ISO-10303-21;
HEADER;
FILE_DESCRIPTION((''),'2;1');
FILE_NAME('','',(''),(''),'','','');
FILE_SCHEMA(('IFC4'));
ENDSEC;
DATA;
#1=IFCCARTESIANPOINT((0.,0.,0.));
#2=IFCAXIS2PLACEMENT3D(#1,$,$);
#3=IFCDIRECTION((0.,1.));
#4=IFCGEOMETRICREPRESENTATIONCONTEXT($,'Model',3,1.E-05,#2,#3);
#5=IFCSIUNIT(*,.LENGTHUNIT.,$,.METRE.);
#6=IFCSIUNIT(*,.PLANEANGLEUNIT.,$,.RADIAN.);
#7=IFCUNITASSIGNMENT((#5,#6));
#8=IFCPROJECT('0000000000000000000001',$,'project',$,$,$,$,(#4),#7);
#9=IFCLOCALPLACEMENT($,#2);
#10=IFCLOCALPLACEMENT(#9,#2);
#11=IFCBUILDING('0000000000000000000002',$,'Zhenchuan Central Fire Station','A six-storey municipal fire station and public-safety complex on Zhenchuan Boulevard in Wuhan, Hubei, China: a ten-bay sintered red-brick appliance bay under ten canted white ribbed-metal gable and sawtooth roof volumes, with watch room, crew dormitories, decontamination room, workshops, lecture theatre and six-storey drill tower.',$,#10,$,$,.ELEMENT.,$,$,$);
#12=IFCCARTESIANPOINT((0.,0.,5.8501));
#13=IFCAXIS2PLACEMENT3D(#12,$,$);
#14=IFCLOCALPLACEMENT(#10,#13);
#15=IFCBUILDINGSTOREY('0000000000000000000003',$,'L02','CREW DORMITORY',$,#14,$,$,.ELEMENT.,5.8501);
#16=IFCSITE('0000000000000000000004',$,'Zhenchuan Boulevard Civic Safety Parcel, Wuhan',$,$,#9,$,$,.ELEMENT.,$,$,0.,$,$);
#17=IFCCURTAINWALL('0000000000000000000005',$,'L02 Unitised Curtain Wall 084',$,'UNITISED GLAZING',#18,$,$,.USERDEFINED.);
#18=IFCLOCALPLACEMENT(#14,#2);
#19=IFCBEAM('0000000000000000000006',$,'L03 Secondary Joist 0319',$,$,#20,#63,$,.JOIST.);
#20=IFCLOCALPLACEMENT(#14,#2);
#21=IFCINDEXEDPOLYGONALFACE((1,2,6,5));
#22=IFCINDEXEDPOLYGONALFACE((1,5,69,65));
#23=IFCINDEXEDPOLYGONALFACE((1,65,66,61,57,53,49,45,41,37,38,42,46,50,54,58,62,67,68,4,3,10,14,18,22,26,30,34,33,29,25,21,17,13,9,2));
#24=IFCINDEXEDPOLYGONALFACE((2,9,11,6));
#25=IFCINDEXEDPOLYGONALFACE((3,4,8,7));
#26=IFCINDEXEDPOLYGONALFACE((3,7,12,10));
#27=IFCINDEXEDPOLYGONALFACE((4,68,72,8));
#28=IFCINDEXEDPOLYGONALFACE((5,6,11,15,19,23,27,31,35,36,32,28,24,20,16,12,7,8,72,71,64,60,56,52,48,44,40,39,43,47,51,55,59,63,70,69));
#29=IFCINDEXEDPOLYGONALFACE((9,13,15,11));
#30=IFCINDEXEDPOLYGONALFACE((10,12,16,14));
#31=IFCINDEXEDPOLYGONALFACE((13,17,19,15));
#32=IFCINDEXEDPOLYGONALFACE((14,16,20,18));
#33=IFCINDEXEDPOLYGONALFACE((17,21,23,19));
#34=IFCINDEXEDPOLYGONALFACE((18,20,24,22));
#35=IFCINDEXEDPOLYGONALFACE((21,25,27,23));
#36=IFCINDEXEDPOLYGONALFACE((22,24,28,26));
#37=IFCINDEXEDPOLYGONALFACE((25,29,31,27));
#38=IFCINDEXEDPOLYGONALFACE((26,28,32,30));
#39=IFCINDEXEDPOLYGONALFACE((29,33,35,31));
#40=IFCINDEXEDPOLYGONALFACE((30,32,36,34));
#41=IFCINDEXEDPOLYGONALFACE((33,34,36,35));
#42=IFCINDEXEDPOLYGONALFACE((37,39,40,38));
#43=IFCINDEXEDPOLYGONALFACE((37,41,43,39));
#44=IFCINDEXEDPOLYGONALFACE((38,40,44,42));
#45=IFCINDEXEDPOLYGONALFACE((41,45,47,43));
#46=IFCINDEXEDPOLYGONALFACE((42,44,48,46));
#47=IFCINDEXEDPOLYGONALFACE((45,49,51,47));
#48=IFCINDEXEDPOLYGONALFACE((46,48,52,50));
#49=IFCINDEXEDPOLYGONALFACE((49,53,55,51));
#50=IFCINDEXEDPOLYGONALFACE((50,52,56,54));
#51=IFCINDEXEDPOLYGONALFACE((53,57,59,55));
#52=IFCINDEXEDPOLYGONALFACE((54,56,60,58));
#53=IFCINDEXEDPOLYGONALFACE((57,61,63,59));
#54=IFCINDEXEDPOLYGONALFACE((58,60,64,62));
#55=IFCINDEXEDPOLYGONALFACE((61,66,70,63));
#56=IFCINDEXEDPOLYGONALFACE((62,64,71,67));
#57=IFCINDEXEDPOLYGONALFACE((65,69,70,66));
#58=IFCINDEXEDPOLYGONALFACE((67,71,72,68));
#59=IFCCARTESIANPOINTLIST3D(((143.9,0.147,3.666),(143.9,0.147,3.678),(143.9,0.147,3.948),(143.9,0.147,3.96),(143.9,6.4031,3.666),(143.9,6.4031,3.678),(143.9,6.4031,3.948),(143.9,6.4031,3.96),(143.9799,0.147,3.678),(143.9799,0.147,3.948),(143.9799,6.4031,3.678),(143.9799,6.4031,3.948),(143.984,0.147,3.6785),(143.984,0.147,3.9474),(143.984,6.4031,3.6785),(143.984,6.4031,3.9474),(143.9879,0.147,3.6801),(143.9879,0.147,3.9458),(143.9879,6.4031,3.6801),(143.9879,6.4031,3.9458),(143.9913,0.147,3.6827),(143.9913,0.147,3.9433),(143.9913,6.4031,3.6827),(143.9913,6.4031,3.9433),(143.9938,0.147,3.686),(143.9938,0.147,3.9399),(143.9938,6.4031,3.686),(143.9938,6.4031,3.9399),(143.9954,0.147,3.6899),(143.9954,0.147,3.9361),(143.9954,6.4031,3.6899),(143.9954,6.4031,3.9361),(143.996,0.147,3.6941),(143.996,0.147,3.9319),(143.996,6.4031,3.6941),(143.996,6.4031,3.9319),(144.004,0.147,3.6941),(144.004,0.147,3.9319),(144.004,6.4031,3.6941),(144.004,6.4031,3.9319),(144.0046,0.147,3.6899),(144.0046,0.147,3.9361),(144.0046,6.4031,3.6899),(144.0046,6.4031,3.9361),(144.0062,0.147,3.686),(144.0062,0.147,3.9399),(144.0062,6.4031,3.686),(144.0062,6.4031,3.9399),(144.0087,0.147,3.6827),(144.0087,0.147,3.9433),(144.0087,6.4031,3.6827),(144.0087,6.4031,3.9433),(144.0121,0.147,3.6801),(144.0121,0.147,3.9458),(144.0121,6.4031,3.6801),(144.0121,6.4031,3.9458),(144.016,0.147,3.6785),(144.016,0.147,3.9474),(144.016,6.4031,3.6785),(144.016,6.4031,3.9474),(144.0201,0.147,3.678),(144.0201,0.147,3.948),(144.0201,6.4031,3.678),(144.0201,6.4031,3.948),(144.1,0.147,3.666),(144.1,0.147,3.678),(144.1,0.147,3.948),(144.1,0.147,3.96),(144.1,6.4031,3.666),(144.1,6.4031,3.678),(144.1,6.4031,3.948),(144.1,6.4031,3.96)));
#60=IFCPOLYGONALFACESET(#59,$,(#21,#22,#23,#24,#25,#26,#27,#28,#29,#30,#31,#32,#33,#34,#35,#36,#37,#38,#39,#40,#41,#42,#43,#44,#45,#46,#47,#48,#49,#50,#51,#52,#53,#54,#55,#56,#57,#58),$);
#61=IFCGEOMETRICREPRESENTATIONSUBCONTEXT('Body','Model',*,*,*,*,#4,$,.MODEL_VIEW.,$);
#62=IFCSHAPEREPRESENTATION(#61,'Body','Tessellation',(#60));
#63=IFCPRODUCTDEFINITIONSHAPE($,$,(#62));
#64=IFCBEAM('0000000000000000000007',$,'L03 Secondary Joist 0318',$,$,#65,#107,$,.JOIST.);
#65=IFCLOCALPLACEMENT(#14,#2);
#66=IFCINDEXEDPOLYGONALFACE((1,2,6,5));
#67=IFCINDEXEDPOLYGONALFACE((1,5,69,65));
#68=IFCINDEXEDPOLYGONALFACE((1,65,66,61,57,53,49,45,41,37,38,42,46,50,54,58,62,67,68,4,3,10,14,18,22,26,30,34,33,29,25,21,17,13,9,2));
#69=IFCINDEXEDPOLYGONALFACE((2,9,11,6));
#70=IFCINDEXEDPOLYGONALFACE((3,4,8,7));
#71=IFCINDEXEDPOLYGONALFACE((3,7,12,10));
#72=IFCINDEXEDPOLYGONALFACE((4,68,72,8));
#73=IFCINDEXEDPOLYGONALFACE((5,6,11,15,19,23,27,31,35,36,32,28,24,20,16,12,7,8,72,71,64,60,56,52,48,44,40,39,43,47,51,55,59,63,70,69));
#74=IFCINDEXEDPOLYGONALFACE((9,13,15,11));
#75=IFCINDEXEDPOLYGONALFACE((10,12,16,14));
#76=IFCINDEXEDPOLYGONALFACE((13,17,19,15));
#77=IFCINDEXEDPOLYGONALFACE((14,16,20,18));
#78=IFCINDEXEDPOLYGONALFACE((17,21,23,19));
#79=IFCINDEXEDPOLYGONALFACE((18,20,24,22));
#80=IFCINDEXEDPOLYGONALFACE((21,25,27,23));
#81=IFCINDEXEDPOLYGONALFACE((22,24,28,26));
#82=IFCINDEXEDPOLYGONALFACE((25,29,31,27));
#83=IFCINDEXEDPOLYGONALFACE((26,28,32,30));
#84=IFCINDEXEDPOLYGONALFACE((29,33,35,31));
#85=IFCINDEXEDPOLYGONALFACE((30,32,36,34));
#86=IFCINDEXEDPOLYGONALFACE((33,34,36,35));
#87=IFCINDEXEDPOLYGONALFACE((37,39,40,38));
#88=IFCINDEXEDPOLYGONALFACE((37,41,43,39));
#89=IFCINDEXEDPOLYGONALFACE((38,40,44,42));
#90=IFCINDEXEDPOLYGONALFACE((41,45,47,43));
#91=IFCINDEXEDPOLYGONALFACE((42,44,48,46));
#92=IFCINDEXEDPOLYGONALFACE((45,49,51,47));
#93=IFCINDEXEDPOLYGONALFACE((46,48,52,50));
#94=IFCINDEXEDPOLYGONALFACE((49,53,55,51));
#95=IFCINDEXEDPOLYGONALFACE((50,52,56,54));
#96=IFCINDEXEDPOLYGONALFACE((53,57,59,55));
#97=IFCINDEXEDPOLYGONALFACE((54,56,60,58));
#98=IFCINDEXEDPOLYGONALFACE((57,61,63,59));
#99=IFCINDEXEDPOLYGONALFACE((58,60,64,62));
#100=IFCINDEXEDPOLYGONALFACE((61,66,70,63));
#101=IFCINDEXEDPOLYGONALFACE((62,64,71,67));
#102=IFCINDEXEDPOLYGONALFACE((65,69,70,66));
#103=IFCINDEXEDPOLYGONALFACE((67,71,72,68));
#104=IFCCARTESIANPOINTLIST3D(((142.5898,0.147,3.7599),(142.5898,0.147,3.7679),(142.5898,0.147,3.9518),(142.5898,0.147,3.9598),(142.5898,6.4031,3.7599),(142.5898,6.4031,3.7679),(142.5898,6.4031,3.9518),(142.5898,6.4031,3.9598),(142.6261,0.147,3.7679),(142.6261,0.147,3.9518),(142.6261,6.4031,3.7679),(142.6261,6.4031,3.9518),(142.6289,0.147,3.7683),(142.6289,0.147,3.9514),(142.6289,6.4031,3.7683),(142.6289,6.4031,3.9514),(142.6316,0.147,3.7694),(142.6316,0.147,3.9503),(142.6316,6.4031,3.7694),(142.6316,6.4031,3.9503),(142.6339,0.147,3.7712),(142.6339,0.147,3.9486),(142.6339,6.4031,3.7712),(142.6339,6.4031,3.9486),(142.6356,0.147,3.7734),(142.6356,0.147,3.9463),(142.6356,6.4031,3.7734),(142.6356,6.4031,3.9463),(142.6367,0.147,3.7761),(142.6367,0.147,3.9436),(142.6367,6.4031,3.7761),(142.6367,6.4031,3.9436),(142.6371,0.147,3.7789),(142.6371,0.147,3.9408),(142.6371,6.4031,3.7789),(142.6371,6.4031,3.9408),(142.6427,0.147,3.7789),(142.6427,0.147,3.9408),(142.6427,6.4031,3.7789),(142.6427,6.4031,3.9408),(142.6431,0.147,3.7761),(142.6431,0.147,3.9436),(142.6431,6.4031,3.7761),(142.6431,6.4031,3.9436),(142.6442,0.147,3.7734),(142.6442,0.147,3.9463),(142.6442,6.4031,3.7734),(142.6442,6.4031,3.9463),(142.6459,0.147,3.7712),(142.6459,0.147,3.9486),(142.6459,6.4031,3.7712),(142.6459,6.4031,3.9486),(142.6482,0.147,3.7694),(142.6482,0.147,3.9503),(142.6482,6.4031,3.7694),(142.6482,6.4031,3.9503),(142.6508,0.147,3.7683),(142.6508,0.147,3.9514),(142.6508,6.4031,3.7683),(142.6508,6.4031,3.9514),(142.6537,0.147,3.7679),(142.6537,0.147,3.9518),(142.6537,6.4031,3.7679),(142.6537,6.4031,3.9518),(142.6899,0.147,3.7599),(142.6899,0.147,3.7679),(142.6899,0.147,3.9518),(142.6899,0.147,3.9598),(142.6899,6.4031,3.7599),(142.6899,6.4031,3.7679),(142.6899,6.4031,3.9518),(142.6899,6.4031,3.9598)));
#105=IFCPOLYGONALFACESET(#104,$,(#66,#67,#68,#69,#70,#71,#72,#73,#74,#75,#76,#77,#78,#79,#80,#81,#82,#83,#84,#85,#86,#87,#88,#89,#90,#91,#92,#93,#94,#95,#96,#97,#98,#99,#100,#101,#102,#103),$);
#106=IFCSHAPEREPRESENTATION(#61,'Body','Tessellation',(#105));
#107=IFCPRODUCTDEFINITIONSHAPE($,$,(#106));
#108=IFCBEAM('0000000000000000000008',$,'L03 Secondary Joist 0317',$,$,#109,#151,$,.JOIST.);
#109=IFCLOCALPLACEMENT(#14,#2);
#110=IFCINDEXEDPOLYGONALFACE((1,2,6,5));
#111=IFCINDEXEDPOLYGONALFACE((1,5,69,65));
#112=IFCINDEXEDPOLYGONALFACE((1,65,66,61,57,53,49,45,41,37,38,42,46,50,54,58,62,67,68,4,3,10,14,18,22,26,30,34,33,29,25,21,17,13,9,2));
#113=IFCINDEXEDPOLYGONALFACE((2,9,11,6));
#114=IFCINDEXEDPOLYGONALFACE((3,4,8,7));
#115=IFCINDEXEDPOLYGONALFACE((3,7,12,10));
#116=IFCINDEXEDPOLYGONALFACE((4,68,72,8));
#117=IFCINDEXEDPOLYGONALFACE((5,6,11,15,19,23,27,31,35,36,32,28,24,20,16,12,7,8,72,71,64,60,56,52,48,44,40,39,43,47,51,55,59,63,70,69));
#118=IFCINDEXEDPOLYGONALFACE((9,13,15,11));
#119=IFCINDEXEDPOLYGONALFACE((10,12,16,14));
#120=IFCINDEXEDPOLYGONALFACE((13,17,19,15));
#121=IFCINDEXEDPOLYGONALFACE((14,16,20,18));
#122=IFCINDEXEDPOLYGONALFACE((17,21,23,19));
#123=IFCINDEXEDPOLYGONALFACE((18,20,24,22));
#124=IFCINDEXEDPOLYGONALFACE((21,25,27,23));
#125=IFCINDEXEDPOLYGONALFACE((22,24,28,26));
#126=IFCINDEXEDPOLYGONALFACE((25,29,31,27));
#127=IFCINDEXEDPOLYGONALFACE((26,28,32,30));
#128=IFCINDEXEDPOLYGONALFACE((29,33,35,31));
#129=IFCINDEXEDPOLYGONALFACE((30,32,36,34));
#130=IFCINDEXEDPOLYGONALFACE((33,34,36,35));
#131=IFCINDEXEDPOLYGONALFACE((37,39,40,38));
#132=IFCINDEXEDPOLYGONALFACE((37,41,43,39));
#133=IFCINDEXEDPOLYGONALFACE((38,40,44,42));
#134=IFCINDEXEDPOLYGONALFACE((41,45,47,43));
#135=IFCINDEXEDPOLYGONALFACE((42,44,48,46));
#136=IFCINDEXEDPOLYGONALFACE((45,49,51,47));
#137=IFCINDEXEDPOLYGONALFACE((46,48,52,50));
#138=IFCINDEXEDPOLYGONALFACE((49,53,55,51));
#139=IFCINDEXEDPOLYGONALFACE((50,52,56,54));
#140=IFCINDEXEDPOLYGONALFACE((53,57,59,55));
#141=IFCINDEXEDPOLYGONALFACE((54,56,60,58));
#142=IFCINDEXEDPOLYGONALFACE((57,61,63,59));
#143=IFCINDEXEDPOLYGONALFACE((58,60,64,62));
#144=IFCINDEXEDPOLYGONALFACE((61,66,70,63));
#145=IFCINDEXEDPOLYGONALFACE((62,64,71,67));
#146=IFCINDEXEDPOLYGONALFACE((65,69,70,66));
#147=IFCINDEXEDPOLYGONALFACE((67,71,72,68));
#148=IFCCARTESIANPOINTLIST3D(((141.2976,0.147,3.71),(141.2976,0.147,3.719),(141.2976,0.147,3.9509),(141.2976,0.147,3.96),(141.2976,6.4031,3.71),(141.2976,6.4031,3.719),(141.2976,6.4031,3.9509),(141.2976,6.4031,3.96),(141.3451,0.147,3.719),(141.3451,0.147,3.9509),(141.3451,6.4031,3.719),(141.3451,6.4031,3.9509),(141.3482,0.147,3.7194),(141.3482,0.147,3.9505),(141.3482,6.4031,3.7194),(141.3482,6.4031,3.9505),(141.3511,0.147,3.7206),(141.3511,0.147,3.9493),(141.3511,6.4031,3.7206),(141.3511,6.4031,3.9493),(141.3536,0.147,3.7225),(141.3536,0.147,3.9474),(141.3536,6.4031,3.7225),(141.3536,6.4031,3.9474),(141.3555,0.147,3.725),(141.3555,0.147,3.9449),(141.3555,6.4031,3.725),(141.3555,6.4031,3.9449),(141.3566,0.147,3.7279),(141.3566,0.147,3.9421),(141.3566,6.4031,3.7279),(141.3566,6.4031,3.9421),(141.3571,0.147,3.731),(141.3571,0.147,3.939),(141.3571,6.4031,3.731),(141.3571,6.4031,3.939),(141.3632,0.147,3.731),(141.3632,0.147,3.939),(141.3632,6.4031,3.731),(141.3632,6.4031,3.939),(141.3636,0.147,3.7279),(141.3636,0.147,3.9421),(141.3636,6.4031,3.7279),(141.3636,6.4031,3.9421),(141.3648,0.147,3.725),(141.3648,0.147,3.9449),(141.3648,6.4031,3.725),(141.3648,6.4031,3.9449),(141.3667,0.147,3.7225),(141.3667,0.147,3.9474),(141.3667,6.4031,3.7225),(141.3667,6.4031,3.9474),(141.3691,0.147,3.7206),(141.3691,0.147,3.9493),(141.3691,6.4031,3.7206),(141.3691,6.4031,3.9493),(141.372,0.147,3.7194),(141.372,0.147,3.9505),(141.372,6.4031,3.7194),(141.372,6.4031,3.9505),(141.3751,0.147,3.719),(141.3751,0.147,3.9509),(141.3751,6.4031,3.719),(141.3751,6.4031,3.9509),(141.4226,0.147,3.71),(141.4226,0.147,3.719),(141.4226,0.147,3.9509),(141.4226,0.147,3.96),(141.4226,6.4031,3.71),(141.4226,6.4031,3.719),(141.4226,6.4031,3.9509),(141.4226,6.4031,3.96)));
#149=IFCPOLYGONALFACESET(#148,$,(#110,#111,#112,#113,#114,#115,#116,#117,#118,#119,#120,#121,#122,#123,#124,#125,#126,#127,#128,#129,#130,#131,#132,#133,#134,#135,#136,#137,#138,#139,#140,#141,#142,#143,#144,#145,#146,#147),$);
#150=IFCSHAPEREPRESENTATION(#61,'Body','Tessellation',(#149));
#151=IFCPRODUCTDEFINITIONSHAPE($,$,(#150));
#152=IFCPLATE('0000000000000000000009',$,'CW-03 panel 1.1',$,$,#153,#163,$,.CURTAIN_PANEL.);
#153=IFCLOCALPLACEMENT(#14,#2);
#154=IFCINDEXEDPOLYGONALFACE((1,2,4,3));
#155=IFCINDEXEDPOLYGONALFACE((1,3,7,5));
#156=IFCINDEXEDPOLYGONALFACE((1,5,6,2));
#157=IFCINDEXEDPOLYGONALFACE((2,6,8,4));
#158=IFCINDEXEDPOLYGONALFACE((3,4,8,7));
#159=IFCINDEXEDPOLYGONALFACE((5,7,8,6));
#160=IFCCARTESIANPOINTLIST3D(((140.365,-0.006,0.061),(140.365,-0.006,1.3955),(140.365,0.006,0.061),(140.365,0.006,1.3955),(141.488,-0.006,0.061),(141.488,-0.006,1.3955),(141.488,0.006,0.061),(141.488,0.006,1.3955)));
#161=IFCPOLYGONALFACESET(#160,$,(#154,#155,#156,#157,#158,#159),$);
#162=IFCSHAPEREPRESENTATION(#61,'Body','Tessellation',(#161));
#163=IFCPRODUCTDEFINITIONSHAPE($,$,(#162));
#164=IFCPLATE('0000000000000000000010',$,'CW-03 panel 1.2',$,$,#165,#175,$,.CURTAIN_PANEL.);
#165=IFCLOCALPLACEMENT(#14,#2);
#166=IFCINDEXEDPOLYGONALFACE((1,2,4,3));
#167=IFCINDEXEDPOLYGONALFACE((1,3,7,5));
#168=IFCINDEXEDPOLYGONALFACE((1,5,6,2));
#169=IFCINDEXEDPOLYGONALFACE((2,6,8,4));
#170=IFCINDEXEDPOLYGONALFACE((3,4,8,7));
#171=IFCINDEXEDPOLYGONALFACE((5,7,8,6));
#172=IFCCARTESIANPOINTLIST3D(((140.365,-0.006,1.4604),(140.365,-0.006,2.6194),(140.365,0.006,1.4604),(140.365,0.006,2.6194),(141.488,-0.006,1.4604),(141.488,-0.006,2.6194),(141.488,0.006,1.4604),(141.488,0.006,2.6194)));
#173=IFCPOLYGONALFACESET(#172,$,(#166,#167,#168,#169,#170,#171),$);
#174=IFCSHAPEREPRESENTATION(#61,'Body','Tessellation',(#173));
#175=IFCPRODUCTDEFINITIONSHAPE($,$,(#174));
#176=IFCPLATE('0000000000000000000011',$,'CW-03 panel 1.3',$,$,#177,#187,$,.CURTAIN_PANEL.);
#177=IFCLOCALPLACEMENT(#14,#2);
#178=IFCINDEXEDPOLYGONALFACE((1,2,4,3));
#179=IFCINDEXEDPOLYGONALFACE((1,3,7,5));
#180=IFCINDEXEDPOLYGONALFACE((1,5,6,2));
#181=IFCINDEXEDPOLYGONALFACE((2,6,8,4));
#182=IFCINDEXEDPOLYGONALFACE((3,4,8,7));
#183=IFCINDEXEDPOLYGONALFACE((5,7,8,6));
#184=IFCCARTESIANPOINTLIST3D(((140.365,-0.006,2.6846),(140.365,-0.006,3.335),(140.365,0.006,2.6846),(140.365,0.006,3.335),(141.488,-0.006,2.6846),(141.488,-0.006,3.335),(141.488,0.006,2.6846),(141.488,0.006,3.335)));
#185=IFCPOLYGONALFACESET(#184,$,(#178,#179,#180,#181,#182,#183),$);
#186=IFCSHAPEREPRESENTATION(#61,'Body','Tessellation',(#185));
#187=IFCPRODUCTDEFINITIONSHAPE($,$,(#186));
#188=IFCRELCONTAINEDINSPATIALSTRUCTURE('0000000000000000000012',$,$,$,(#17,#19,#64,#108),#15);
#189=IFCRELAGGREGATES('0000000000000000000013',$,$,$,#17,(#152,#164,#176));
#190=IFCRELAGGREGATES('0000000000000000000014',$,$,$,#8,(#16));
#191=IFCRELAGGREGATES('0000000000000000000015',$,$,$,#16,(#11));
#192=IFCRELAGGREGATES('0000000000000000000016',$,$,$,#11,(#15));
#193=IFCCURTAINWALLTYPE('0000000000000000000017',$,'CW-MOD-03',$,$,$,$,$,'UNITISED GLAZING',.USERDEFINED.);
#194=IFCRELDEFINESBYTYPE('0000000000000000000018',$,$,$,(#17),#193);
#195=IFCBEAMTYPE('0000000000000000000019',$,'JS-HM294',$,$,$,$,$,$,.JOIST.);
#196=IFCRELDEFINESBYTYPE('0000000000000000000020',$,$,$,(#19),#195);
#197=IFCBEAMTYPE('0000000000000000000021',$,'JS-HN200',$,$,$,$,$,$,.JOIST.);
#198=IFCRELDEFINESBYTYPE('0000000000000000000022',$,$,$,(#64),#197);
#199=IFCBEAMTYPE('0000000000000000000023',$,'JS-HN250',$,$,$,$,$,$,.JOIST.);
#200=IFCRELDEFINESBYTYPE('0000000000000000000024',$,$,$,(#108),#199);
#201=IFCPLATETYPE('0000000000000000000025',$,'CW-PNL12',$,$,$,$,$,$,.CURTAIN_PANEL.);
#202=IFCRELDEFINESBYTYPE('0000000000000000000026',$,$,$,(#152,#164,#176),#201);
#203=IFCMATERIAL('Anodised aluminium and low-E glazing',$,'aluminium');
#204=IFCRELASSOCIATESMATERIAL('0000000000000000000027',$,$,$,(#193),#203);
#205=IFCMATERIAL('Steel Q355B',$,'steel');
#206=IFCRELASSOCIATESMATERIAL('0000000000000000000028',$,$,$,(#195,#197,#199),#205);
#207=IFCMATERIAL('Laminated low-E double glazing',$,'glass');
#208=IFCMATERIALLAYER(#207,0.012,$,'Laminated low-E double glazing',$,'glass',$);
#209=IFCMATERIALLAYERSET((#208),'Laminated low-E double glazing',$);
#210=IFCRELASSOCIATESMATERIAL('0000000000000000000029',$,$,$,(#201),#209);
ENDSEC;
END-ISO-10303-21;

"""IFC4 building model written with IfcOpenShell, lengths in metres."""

from ifc_helpers import new_model, si_unit, direction, frame, origin, origin_2d, place, context, subcontext, project, spatial, rectangle, i_section, extrude, material, layer, layer_set, material_profile, profile_set, type_object, element, aggregate, save


model = new_model("IFC4")

# Units and contexts
model_context = context("Model", 3, precision=1e-05, world=origin(), true_north=direction((0.0, 1.0)))
body_context = subcontext(model_context, "Body", "Model", "MODEL_VIEW")
ifc_project = project(units=[si_unit("LENGTHUNIT", "METRE"), si_unit("PLANEANGLEUNIT", "RADIAN")], contexts=[model_context])

# Site, building, storey
site_placement = place(None, origin())
site = spatial("IfcSite", under=ifc_project, at=site_placement, Name="Zhenchuan Boulevard Civic Safety Parcel, Wuhan", CompositionType="ELEMENT", RefElevation=0.0)
building_placement = place(site_placement, origin())
building = spatial("IfcBuilding", under=site, at=building_placement, Name="Zhenchuan Central Fire Station", Description="A six-storey municipal fire station and public-safety complex on Zhenchuan Boulevard in Wuhan, Hubei, China: a ten-bay sintered red-brick appliance bay under ten canted white ribbed-metal gable and sawtooth roof volumes, with watch room, crew dormitories, decontamination room, workshops, lecture theatre and six-storey drill tower.", CompositionType="ELEMENT")
storey_placement = place(building_placement, frame((0.0, 0.0, 5.8501)))
storey = spatial("IfcBuildingStorey", under=building, at=storey_placement, Name="L02", Description="CREW DORMITORY", CompositionType="ELEMENT", Elevation=5.8501)

# Curtain wall
ifc_material_1 = material(Name="Anodised aluminium and low-E glazing", Category="aluminium")
curtain_wall_type_1 = type_object("IfcCurtainWallType", Name="CW-MOD-03", ElementType="UNITISED GLAZING", PredefinedType="USERDEFINED", material=ifc_material_1)
curtain_wall_1_placement = place(storey_placement, origin())
curtain_wall_1 = element("IfcCurtainWall", 1, at=curtain_wall_1_placement, inside=storey, type_object=curtain_wall_type_1, Name="L02 Unitised Curtain Wall 084", ObjectType="UNITISED GLAZING", PredefinedType="USERDEFINED")

# Beams
ifc_material_2 = material(Name="Steel Q355B", Category="steel")
ifc_material_profile_1 = material_profile(ifc_material_2, i_section(OverallWidth=0.2, OverallDepth=0.2939, WebThickness=0.0081, FlangeThickness=0.012, FilletRadius=0.0161, at=origin_2d()), Name="HM 294x200")
ifc_profile_set_1 = profile_set([ifc_material_profile_1], Name="Steel Q355B")
beam_type_1 = type_object("IfcBeamType", Name="JS-HM294", PredefinedType="JOIST", material=ifc_profile_set_1)
beam_1_placement = place(storey_placement, frame((144.0, 0.147, 3.813), z_axis=(0.0, 1.0, 0.0), x_axis=(-1.0, 0.0, 0.0)))
element("IfcBeam", 2, at=beam_1_placement, inside=storey, type_object=beam_type_1, Name="L03 Secondary Joist 0319", PredefinedType="JOIST", context=body_context, shape_type="SweptSolid", body=[
    extrude(i_section(OverallWidth=0.2, OverallDepth=0.2939, WebThickness=0.0081, FlangeThickness=0.012, FilletRadius=0.0161, at=origin_2d()), origin(), (0.0, 0.0, 1.0), 6.2561),
])
ifc_material_profile_2 = material_profile(ifc_material_2, i_section(OverallWidth=0.1001, OverallDepth=0.2, WebThickness=0.0056, FlangeThickness=0.0081, FilletRadius=0.011, at=origin_2d()), Name="HN 200x100")
ifc_profile_set_2 = profile_set([ifc_material_profile_2], Name="Steel Q355B")
beam_type_2 = type_object("IfcBeamType", Name="JS-HN200", PredefinedType="JOIST", material=ifc_profile_set_2)
beam_2_placement = place(storey_placement, frame((142.6399, 0.147, 3.8599), z_axis=(0.0, 1.0, 0.0), x_axis=(-1.0, 0.0, 0.0)))
element("IfcBeam", 3, at=beam_2_placement, inside=storey, type_object=beam_type_2, Name="L03 Secondary Joist 0318", PredefinedType="JOIST", context=body_context, shape_type="SweptSolid", body=[
    extrude(i_section(OverallWidth=0.1001, OverallDepth=0.2, WebThickness=0.0056, FlangeThickness=0.0081, FilletRadius=0.011, at=origin_2d()), origin(), (0.0, 0.0, 1.0), 6.2561),
])
ifc_material_profile_3 = material_profile(ifc_material_2, i_section(OverallWidth=0.125, OverallDepth=0.25, WebThickness=0.0061, FlangeThickness=0.009, FilletRadius=0.012, at=origin_2d()), Name="HN 250x125")
ifc_profile_set_3 = profile_set([ifc_material_profile_3], Name="Steel Q355B")
beam_type_3 = type_object("IfcBeamType", Name="JS-HN250", PredefinedType="JOIST", material=ifc_profile_set_3)
beam_3_placement = place(storey_placement, frame((141.3601, 0.147, 3.835), z_axis=(0.0, 1.0, 0.0), x_axis=(-1.0, 0.0, 0.0)))
element("IfcBeam", 4, at=beam_3_placement, inside=storey, type_object=beam_type_3, Name="L03 Secondary Joist 0317", PredefinedType="JOIST", context=body_context, shape_type="SweptSolid", body=[
    extrude(i_section(OverallWidth=0.125, OverallDepth=0.25, WebThickness=0.0061, FlangeThickness=0.009, FilletRadius=0.012, at=origin_2d()), origin(), (0.0, 0.0, 1.0), 6.2561),
])

# Plates
ifc_material_3 = material(Name="Laminated low-E double glazing", Category="glass")
ifc_layer_1 = layer(ifc_material_3, 0.012, Name="Laminated low-E double glazing", Category="glass")
ifc_layer_set_1 = layer_set([ifc_layer_1], Name="Laminated low-E double glazing")
plate_type = type_object("IfcPlateType", Name="CW-PNL12", PredefinedType="CURTAIN_PANEL", material=ifc_layer_set_1)
plate_1_placement = place(storey_placement, frame((140.9265, 0.0, 0.061), z_axis=(0.0, 0.0, 1.0), x_axis=(1.0, 0.0, 0.0)))
plate_1 = element("IfcPlate", 5, at=plate_1_placement, type_object=plate_type, Name="CW-03 panel 1.1", PredefinedType="CURTAIN_PANEL", context=body_context, shape_type="SweptSolid", body=[
    extrude(rectangle(XDim=1.123, YDim=0.012, at=origin_2d()), origin(), (0.0, 0.0, 1.0), 1.3345),
])
plate_2_placement = place(storey_placement, frame((140.9265, 0.0, 1.4604), z_axis=(0.0, 0.0, 1.0), x_axis=(1.0, 0.0, 0.0)))
plate_2 = element("IfcPlate", 6, at=plate_2_placement, type_object=plate_type, Name="CW-03 panel 1.2", PredefinedType="CURTAIN_PANEL", context=body_context, shape_type="SweptSolid", body=[
    extrude(rectangle(XDim=1.123, YDim=0.012, at=origin_2d()), origin(), (0.0, 0.0, 1.0), 1.1589),
])
plate_3_placement = place(storey_placement, frame((140.9265, 0.0, 2.6846), z_axis=(0.0, 0.0, 1.0), x_axis=(1.0, 0.0, 0.0)))
plate_3 = element("IfcPlate", 7, at=plate_3_placement, type_object=plate_type, Name="CW-03 panel 1.3", PredefinedType="CURTAIN_PANEL", context=body_context, shape_type="SweptSolid", body=[
    extrude(rectangle(XDim=1.123, YDim=0.012, at=origin_2d()), origin(), (0.0, 0.0, 1.0), 0.6504),
])
aggregate(curtain_wall_1, [plate_1, plate_2, plate_3])

save(model, "model.ifc")
